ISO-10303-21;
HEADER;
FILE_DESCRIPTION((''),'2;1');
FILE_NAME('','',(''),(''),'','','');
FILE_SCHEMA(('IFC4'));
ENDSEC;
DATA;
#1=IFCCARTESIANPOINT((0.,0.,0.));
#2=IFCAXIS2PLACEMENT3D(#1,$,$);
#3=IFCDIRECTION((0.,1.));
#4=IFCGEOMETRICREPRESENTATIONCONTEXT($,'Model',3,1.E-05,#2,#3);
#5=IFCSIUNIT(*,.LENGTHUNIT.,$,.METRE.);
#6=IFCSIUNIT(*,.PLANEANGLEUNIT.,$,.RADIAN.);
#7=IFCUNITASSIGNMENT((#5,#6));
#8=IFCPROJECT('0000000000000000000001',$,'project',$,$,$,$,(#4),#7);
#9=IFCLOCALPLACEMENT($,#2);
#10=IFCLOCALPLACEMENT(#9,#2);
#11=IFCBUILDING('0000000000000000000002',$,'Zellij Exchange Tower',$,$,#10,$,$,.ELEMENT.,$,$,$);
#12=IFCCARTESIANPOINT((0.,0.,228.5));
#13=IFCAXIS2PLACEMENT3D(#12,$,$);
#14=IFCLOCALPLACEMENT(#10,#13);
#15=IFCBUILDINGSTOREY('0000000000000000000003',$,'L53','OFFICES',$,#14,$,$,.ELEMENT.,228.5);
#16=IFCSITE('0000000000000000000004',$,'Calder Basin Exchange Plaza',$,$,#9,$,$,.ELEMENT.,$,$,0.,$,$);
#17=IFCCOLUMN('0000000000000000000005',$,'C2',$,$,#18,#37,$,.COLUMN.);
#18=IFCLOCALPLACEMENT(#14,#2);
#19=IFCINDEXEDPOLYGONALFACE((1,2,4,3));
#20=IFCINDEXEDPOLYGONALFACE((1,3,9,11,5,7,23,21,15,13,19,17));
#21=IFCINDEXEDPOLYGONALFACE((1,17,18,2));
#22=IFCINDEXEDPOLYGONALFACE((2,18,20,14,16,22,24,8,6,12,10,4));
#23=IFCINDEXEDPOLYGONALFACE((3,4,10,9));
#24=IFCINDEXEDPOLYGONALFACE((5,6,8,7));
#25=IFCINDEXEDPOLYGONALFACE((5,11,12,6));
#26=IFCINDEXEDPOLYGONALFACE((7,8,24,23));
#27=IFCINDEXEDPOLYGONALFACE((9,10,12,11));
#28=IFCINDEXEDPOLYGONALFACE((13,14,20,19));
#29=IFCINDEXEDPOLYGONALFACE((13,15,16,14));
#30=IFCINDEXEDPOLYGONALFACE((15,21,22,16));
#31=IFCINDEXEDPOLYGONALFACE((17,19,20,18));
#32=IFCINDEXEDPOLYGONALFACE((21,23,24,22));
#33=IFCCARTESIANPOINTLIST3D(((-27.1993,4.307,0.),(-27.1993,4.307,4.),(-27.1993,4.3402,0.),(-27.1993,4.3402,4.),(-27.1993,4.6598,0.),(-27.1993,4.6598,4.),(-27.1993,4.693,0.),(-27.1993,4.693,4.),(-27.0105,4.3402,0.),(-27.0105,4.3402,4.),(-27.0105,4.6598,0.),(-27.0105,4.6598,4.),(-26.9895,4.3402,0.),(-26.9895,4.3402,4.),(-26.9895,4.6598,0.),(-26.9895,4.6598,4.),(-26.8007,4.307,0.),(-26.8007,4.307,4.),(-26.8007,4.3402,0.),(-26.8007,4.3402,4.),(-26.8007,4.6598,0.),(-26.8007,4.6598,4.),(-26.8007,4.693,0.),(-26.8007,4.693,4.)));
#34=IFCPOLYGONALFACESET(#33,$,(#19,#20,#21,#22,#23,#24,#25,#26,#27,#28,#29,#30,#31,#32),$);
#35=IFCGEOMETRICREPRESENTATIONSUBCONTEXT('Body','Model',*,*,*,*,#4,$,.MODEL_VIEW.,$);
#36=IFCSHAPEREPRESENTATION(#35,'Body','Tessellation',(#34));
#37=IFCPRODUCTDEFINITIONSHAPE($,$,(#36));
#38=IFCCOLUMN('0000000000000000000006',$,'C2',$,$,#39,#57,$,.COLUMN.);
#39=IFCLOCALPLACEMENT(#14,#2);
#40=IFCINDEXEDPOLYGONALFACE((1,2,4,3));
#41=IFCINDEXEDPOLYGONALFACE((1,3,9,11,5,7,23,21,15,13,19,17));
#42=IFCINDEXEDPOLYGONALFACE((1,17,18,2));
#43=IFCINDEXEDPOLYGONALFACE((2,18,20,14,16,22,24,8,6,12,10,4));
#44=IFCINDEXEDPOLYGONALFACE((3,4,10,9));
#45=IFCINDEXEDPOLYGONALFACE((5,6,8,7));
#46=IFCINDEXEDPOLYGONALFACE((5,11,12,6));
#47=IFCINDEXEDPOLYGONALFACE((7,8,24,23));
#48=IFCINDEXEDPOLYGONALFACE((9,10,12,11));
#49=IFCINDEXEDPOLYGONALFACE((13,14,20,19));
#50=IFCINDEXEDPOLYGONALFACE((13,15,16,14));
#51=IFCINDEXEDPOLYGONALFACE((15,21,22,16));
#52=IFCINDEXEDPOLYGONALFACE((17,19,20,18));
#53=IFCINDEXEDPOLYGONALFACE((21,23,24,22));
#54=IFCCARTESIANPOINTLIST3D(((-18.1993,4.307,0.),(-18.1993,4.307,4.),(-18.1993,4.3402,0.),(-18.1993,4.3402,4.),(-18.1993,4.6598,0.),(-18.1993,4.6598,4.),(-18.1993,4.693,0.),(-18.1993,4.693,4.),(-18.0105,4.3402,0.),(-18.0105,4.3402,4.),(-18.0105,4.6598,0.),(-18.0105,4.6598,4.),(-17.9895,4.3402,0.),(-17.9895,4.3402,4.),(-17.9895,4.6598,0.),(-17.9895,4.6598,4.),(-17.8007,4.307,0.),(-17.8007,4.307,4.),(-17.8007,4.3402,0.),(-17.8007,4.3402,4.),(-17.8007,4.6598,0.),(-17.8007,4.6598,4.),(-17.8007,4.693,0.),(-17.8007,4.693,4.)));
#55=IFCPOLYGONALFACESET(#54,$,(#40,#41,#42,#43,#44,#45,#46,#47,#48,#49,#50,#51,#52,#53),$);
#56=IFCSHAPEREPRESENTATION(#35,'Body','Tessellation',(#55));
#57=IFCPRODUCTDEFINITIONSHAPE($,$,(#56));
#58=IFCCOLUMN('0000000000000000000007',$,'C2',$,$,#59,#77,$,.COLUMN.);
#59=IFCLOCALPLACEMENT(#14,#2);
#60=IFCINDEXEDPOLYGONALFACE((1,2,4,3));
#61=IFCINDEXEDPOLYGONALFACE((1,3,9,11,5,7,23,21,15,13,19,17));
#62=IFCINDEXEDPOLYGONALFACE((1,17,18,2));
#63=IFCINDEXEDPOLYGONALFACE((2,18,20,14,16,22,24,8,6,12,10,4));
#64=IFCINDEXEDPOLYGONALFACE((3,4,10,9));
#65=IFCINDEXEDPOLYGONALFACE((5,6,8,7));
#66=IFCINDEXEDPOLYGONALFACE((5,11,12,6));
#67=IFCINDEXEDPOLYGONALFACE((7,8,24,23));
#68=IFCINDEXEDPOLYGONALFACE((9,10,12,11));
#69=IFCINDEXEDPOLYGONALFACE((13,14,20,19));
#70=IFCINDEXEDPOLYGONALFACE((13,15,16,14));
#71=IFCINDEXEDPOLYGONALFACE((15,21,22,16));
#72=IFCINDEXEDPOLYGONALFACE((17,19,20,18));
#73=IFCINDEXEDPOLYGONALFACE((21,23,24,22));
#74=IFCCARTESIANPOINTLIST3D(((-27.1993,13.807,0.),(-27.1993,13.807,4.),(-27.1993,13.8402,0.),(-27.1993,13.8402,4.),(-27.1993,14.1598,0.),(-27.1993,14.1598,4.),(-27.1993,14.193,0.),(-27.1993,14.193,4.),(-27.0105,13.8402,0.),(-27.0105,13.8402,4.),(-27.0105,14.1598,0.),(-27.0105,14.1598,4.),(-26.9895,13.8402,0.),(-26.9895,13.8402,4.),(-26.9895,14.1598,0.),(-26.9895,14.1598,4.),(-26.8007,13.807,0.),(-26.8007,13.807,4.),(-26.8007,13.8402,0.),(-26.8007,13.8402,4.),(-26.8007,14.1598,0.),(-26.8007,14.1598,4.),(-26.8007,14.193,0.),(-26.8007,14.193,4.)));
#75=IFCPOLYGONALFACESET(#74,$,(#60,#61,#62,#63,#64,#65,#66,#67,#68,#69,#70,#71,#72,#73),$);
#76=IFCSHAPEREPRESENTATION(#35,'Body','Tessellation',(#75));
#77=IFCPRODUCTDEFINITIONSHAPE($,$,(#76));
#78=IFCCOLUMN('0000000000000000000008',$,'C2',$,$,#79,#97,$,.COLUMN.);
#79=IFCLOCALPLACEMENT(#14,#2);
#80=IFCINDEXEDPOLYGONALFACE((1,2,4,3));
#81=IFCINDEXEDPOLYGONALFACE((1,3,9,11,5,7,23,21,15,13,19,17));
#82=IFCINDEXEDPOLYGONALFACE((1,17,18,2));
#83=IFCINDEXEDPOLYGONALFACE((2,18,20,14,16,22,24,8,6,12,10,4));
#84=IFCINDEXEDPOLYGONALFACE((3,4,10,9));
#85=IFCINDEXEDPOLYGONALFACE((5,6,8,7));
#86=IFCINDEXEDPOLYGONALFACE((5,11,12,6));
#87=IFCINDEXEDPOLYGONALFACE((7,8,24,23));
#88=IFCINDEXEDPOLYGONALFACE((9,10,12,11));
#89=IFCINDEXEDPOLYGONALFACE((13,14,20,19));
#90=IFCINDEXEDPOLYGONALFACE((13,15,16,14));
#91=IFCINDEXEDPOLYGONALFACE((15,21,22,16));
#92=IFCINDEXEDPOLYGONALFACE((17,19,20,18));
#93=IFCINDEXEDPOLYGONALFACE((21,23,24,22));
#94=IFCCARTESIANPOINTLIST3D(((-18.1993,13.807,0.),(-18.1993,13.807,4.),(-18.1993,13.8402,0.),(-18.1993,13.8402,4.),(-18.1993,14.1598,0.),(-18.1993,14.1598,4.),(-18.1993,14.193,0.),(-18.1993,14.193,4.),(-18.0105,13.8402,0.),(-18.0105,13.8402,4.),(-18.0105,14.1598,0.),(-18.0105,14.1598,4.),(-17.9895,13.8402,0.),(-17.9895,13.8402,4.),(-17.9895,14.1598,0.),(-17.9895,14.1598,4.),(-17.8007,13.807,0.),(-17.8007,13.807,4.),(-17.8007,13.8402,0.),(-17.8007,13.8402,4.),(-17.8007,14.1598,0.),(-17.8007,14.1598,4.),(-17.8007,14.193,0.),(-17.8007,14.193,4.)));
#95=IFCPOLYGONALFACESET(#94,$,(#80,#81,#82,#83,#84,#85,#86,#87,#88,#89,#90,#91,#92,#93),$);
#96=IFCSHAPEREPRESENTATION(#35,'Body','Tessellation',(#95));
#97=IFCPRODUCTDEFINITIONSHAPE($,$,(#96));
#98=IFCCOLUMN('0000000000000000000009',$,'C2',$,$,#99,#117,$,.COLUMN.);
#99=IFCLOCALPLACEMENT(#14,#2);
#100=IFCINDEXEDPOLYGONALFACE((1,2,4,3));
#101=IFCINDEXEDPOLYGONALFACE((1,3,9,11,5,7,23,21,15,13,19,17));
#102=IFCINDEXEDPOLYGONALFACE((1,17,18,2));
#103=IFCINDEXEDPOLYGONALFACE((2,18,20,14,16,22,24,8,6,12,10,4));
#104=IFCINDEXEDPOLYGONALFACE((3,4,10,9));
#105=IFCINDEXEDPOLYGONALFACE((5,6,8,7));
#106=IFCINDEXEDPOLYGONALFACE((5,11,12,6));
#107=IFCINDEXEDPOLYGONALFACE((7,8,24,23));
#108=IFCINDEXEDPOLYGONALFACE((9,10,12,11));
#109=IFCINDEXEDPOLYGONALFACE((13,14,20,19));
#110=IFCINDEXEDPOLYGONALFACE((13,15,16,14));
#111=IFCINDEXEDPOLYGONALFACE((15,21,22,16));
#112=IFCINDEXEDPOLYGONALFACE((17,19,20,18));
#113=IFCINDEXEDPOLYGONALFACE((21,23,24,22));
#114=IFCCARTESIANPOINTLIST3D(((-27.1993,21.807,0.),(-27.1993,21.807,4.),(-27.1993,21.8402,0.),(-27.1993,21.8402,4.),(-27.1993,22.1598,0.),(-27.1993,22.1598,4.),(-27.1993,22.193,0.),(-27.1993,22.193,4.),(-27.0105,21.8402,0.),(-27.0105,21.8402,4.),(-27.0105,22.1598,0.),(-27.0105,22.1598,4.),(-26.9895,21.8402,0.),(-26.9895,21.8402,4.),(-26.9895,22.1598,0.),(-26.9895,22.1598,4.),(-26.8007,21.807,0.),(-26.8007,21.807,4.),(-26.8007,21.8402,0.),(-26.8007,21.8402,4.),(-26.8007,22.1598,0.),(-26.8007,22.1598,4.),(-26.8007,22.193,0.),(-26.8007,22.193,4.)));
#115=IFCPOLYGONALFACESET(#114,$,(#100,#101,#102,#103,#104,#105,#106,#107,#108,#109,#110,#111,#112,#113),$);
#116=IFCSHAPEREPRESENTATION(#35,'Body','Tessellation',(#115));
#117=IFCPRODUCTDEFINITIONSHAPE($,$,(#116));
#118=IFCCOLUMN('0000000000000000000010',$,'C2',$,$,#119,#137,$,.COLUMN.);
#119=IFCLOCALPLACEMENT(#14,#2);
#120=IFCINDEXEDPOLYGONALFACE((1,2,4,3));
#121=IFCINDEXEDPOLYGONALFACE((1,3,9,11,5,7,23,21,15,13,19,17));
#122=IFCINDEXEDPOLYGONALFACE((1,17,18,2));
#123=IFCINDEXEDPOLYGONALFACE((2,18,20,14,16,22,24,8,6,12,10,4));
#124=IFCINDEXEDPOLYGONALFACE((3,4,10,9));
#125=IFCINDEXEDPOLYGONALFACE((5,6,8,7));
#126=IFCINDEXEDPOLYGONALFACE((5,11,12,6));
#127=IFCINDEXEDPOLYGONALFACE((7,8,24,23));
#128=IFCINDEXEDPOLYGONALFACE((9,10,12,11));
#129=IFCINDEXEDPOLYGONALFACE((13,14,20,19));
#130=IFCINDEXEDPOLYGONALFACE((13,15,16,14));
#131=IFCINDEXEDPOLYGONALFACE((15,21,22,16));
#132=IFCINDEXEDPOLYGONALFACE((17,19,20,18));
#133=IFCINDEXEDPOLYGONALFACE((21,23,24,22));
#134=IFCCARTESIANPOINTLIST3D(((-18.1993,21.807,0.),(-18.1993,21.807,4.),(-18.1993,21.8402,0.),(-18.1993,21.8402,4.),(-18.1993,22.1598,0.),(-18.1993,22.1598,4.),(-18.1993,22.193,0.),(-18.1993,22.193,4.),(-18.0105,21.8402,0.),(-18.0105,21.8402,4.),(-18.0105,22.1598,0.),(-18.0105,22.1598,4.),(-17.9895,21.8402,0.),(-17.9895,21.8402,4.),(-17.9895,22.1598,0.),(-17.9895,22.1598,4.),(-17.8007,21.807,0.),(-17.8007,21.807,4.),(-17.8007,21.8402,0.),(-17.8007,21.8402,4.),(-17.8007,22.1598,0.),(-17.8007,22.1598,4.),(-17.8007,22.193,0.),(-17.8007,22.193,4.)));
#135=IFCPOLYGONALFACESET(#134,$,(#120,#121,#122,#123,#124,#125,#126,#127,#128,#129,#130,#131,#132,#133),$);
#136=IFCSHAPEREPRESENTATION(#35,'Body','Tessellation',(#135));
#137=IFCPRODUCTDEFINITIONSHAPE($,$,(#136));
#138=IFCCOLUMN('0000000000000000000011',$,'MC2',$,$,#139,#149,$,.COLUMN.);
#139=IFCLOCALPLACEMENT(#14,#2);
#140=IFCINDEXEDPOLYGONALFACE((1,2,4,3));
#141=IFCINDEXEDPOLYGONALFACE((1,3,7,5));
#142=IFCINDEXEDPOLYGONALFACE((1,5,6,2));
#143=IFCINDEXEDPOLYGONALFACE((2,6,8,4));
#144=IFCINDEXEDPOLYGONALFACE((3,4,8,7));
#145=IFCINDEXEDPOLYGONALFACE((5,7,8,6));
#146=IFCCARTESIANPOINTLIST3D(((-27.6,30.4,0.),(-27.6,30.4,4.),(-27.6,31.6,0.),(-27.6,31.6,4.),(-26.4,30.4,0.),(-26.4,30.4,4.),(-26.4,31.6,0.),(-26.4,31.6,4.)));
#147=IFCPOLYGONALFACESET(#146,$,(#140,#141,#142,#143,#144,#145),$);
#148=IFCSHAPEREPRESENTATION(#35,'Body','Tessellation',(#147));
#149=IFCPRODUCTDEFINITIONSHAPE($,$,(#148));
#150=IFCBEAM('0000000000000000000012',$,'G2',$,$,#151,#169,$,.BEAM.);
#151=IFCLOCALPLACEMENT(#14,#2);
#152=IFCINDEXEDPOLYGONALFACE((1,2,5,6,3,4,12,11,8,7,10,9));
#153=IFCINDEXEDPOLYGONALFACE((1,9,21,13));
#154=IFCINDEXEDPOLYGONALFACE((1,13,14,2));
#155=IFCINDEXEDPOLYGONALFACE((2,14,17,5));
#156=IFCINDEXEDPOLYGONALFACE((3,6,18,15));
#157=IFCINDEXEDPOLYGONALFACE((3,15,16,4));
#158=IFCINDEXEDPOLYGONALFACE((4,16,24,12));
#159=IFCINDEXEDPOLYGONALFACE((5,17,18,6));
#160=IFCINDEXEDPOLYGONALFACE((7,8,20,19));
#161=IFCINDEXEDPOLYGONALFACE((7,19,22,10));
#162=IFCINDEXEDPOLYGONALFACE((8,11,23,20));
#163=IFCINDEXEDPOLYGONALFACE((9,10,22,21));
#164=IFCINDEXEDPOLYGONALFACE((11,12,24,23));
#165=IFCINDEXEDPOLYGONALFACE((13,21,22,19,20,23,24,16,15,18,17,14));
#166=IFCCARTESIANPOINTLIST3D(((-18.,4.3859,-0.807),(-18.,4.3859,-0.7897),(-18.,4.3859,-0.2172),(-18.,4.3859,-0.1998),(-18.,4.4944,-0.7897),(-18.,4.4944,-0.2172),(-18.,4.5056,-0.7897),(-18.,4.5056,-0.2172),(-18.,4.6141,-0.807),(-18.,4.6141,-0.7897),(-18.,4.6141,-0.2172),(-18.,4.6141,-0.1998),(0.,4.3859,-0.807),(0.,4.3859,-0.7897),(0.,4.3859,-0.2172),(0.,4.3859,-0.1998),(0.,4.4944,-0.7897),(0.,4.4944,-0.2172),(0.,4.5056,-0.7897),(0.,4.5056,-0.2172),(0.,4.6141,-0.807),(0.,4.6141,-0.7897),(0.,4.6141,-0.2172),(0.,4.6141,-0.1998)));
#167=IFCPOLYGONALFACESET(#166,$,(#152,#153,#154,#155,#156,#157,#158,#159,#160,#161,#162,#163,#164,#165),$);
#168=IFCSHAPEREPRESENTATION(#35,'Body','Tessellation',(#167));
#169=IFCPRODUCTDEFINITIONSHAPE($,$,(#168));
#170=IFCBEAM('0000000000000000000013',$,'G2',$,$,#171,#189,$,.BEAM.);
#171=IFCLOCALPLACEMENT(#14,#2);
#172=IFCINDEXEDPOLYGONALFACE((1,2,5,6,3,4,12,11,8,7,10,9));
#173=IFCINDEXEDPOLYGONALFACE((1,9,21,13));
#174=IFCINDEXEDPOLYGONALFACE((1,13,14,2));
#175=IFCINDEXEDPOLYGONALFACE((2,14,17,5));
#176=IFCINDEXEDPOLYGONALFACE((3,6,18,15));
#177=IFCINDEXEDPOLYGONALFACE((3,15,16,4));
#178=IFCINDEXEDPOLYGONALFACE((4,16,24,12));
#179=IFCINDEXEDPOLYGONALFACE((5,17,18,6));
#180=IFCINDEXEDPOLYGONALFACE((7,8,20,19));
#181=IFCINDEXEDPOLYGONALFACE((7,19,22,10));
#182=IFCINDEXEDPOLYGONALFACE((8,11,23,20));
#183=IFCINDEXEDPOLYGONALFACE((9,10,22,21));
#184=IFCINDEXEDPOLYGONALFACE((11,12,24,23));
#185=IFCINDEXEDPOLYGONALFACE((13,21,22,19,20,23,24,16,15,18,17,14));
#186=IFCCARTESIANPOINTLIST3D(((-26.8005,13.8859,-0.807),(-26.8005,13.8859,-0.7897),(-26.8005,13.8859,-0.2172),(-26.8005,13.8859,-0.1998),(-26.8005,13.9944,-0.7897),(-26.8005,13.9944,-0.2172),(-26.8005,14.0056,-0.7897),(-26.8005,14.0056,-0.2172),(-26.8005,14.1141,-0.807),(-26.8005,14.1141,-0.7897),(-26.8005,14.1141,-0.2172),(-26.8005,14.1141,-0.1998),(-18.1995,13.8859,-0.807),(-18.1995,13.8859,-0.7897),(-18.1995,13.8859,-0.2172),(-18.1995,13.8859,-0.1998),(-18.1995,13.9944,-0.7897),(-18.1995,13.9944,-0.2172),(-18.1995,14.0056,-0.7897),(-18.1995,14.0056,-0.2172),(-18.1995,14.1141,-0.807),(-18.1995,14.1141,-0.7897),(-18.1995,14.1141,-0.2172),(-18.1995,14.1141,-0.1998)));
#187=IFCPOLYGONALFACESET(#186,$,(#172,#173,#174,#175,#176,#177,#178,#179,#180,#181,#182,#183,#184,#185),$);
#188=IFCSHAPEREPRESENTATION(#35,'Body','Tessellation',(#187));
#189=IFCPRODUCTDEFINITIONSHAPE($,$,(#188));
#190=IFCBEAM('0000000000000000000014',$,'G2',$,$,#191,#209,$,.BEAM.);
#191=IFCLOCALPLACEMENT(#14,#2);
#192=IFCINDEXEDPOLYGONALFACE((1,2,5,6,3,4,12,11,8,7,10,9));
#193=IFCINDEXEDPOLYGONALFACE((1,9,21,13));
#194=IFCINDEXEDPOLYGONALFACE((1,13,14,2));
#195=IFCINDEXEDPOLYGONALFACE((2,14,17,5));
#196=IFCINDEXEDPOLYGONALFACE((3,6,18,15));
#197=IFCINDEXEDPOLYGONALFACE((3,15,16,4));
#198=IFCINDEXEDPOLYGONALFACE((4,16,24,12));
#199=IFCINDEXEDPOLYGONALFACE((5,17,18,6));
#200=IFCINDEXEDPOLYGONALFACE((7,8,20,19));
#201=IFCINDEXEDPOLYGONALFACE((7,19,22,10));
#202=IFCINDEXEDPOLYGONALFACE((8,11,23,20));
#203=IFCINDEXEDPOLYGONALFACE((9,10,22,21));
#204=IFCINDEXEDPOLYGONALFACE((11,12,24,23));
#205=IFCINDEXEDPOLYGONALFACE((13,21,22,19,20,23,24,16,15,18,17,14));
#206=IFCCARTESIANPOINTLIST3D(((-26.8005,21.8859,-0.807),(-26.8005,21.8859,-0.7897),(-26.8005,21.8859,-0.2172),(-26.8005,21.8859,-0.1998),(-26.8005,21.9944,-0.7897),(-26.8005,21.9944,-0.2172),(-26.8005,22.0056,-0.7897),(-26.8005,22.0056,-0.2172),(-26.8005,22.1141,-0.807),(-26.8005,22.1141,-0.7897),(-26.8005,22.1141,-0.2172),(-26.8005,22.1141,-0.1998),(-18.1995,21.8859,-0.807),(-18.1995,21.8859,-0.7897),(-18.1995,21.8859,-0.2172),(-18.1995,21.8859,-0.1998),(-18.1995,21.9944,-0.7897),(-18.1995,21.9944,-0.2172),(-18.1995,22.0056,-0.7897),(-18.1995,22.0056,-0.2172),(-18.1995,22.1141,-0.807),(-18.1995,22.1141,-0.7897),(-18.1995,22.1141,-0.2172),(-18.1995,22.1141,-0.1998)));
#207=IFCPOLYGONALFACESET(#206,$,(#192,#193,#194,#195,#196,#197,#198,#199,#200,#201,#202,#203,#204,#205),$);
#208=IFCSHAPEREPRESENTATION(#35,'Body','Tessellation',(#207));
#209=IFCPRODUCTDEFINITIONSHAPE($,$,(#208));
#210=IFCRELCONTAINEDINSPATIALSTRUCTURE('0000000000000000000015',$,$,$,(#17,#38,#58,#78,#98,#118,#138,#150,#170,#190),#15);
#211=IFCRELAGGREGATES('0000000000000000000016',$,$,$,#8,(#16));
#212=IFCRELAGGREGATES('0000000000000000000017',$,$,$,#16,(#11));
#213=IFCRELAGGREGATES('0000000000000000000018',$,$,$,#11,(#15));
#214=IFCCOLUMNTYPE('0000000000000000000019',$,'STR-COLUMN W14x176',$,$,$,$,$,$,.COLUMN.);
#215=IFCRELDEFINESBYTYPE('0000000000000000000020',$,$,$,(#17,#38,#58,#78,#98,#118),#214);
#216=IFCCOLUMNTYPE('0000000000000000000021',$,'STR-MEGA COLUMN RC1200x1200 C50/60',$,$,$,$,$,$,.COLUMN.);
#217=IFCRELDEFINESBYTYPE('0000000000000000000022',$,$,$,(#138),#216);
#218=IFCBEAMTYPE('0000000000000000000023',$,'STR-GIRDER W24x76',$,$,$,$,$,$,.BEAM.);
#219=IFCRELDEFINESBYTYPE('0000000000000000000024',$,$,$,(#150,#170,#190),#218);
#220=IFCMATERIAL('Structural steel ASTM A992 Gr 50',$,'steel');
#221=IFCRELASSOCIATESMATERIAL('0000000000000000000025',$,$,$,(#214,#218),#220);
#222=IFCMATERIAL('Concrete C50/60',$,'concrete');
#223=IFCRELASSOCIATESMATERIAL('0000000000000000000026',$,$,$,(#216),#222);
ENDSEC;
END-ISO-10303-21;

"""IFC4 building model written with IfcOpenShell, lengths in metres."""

from ifc_helpers import new_model, si_unit, direction, frame, origin, origin_2d, place, context, subcontext, project, spatial, rectangle, i_section, extrude, material, material_profile, profile_set, type_object, element, save


model = new_model("IFC4")

# Units and contexts
model_context = context("Model", 3, precision=1e-05, world=origin(), true_north=direction((0.0, 1.0)))
body_context = subcontext(model_context, "Body", "Model", "MODEL_VIEW")
ifc_project = project(units=[si_unit("LENGTHUNIT", "METRE"), si_unit("PLANEANGLEUNIT", "RADIAN")], contexts=[model_context])

# Site, building, storey
site_placement = place(None, origin())
site = spatial("IfcSite", under=ifc_project, at=site_placement, Name="Calder Basin Exchange Plaza", CompositionType="ELEMENT", RefElevation=0.0)
building_placement = place(site_placement, origin())
building = spatial("IfcBuilding", under=site, at=building_placement, Name="Zellij Exchange Tower", CompositionType="ELEMENT")
storey_placement = place(building_placement, frame((0.0, 0.0, 228.5)))
storey = spatial("IfcBuildingStorey", under=building, at=storey_placement, Name="L53", Description="OFFICES", CompositionType="ELEMENT", Elevation=228.5)

# Columns
ifc_material_1 = material(Name="Structural steel ASTM A992 Gr 50", Category="steel")
ifc_material_profile_1 = material_profile(ifc_material_1, i_section(OverallWidth=0.3987, OverallDepth=0.386, WebThickness=0.021, FlangeThickness=0.0332, at=origin_2d()), Name="W14x176")
ifc_profile_set_1 = profile_set([ifc_material_profile_1], Name="Structural steel ASTM A992 Gr 50")
column_type_1 = type_object("IfcColumnType", Name="STR-COLUMN W14x176", PredefinedType="COLUMN", material=ifc_profile_set_1)
for number, where, z_axis, x_axis, name in (
    (1, (-27.0, 4.5, 0.0), (0.0, 0.0, 1.0), (1.0, 0.0, 0.0), "C2"),
    (2, (-18.0, 4.5, 0.0), (0.0, 0.0, 1.0), (1.0, 0.0, 0.0), "C2"),
    (3, (-27.0, 14.0, 0.0), (0.0, 0.0, 1.0), (1.0, 0.0, 0.0), "C2"),
    (4, (-18.0, 14.0, 0.0), (0.0, 0.0, 1.0), (1.0, 0.0, 0.0), "C2"),
    (5, (-27.0, 22.0, 0.0), (0.0, 0.0, 1.0), (1.0, 0.0, 0.0), "C2"),
    (6, (-18.0, 22.0, 0.0), (0.0, 0.0, 1.0), (1.0, 0.0, 0.0), "C2"),
):
    element("IfcColumn", number, at=place(storey_placement, frame(where, z_axis=z_axis, x_axis=x_axis)), inside=storey, type_object=column_type_1, Name=name, PredefinedType="COLUMN", context=body_context, shape_type="SweptSolid", body=[
        extrude(i_section(OverallWidth=0.3987, OverallDepth=0.386, WebThickness=0.021, FlangeThickness=0.0332, at=origin_2d()), origin(), (0.0, 0.0, 1.0), 4.0),
    ])
ifc_material_2 = material(Name="Concrete C50/60", Category="concrete")
ifc_material_profile_2 = material_profile(ifc_material_2, rectangle(XDim=1.2, YDim=1.2, at=origin_2d()), Name="STR-MEGA COLUMN RC1200x1200 C50/60")
ifc_profile_set_2 = profile_set([ifc_material_profile_2], Name="Concrete C50/60")
column_type_2 = type_object("IfcColumnType", Name="STR-MEGA COLUMN RC1200x1200 C50/60", PredefinedType="COLUMN", material=ifc_profile_set_2)
column_placement = place(storey_placement, frame((-27.0, 31.0, 0.0), z_axis=(0.0, 0.0, 1.0), x_axis=(1.0, 0.0, 0.0)))
element("IfcColumn", 7, at=column_placement, inside=storey, type_object=column_type_2, Name="MC2", PredefinedType="COLUMN", context=body_context, shape_type="SweptSolid", body=[
    extrude(rectangle(XDim=1.2, YDim=1.2, at=origin_2d()), origin(), (0.0, 0.0, 1.0), 4.0),
])

# Beams
ifc_material_profile_3 = material_profile(ifc_material_1, i_section(OverallWidth=0.2283, OverallDepth=0.6072, WebThickness=0.0112, FlangeThickness=0.0173, at=origin_2d()), Name="W24x76")
ifc_profile_set_3 = profile_set([ifc_material_profile_3], Name="Structural steel ASTM A992 Gr 50")
beam_type = type_object("IfcBeamType", Name="STR-GIRDER W24x76", PredefinedType="BEAM", material=ifc_profile_set_3)
beam_1_placement = place(storey_placement, frame((-18.0, 4.5, -0.5034), z_axis=(1.0, 0.0, 0.0), x_axis=(0.0, 1.0, 0.0)))
element("IfcBeam", 8, at=beam_1_placement, inside=storey, type_object=beam_type, Name="G2", PredefinedType="BEAM", context=body_context, shape_type="SweptSolid", body=[
    extrude(i_section(OverallWidth=0.2283, OverallDepth=0.6072, WebThickness=0.0112, FlangeThickness=0.0173, at=origin_2d()), origin(), (0.0, 0.0, 1.0), 18.0),
])
for number, where, z_axis, x_axis, name in (
    (9, (-26.8005, 14.0, -0.5034), (1.0, 0.0, 0.0), (0.0, 1.0, 0.0), "G2"),
    (10, (-26.8005, 22.0, -0.5034), (1.0, 0.0, 0.0), (0.0, 1.0, 0.0), "G2"),
):
    element("IfcBeam", number, at=place(storey_placement, frame(where, z_axis=z_axis, x_axis=x_axis)), inside=storey, type_object=beam_type, Name=name, PredefinedType="BEAM", context=body_context, shape_type="SweptSolid", body=[
        extrude(i_section(OverallWidth=0.2283, OverallDepth=0.6072, WebThickness=0.0112, FlangeThickness=0.0173, at=origin_2d()), origin(), (0.0, 0.0, 1.0), 8.6011),
    ])

save(model, "model.ifc")
